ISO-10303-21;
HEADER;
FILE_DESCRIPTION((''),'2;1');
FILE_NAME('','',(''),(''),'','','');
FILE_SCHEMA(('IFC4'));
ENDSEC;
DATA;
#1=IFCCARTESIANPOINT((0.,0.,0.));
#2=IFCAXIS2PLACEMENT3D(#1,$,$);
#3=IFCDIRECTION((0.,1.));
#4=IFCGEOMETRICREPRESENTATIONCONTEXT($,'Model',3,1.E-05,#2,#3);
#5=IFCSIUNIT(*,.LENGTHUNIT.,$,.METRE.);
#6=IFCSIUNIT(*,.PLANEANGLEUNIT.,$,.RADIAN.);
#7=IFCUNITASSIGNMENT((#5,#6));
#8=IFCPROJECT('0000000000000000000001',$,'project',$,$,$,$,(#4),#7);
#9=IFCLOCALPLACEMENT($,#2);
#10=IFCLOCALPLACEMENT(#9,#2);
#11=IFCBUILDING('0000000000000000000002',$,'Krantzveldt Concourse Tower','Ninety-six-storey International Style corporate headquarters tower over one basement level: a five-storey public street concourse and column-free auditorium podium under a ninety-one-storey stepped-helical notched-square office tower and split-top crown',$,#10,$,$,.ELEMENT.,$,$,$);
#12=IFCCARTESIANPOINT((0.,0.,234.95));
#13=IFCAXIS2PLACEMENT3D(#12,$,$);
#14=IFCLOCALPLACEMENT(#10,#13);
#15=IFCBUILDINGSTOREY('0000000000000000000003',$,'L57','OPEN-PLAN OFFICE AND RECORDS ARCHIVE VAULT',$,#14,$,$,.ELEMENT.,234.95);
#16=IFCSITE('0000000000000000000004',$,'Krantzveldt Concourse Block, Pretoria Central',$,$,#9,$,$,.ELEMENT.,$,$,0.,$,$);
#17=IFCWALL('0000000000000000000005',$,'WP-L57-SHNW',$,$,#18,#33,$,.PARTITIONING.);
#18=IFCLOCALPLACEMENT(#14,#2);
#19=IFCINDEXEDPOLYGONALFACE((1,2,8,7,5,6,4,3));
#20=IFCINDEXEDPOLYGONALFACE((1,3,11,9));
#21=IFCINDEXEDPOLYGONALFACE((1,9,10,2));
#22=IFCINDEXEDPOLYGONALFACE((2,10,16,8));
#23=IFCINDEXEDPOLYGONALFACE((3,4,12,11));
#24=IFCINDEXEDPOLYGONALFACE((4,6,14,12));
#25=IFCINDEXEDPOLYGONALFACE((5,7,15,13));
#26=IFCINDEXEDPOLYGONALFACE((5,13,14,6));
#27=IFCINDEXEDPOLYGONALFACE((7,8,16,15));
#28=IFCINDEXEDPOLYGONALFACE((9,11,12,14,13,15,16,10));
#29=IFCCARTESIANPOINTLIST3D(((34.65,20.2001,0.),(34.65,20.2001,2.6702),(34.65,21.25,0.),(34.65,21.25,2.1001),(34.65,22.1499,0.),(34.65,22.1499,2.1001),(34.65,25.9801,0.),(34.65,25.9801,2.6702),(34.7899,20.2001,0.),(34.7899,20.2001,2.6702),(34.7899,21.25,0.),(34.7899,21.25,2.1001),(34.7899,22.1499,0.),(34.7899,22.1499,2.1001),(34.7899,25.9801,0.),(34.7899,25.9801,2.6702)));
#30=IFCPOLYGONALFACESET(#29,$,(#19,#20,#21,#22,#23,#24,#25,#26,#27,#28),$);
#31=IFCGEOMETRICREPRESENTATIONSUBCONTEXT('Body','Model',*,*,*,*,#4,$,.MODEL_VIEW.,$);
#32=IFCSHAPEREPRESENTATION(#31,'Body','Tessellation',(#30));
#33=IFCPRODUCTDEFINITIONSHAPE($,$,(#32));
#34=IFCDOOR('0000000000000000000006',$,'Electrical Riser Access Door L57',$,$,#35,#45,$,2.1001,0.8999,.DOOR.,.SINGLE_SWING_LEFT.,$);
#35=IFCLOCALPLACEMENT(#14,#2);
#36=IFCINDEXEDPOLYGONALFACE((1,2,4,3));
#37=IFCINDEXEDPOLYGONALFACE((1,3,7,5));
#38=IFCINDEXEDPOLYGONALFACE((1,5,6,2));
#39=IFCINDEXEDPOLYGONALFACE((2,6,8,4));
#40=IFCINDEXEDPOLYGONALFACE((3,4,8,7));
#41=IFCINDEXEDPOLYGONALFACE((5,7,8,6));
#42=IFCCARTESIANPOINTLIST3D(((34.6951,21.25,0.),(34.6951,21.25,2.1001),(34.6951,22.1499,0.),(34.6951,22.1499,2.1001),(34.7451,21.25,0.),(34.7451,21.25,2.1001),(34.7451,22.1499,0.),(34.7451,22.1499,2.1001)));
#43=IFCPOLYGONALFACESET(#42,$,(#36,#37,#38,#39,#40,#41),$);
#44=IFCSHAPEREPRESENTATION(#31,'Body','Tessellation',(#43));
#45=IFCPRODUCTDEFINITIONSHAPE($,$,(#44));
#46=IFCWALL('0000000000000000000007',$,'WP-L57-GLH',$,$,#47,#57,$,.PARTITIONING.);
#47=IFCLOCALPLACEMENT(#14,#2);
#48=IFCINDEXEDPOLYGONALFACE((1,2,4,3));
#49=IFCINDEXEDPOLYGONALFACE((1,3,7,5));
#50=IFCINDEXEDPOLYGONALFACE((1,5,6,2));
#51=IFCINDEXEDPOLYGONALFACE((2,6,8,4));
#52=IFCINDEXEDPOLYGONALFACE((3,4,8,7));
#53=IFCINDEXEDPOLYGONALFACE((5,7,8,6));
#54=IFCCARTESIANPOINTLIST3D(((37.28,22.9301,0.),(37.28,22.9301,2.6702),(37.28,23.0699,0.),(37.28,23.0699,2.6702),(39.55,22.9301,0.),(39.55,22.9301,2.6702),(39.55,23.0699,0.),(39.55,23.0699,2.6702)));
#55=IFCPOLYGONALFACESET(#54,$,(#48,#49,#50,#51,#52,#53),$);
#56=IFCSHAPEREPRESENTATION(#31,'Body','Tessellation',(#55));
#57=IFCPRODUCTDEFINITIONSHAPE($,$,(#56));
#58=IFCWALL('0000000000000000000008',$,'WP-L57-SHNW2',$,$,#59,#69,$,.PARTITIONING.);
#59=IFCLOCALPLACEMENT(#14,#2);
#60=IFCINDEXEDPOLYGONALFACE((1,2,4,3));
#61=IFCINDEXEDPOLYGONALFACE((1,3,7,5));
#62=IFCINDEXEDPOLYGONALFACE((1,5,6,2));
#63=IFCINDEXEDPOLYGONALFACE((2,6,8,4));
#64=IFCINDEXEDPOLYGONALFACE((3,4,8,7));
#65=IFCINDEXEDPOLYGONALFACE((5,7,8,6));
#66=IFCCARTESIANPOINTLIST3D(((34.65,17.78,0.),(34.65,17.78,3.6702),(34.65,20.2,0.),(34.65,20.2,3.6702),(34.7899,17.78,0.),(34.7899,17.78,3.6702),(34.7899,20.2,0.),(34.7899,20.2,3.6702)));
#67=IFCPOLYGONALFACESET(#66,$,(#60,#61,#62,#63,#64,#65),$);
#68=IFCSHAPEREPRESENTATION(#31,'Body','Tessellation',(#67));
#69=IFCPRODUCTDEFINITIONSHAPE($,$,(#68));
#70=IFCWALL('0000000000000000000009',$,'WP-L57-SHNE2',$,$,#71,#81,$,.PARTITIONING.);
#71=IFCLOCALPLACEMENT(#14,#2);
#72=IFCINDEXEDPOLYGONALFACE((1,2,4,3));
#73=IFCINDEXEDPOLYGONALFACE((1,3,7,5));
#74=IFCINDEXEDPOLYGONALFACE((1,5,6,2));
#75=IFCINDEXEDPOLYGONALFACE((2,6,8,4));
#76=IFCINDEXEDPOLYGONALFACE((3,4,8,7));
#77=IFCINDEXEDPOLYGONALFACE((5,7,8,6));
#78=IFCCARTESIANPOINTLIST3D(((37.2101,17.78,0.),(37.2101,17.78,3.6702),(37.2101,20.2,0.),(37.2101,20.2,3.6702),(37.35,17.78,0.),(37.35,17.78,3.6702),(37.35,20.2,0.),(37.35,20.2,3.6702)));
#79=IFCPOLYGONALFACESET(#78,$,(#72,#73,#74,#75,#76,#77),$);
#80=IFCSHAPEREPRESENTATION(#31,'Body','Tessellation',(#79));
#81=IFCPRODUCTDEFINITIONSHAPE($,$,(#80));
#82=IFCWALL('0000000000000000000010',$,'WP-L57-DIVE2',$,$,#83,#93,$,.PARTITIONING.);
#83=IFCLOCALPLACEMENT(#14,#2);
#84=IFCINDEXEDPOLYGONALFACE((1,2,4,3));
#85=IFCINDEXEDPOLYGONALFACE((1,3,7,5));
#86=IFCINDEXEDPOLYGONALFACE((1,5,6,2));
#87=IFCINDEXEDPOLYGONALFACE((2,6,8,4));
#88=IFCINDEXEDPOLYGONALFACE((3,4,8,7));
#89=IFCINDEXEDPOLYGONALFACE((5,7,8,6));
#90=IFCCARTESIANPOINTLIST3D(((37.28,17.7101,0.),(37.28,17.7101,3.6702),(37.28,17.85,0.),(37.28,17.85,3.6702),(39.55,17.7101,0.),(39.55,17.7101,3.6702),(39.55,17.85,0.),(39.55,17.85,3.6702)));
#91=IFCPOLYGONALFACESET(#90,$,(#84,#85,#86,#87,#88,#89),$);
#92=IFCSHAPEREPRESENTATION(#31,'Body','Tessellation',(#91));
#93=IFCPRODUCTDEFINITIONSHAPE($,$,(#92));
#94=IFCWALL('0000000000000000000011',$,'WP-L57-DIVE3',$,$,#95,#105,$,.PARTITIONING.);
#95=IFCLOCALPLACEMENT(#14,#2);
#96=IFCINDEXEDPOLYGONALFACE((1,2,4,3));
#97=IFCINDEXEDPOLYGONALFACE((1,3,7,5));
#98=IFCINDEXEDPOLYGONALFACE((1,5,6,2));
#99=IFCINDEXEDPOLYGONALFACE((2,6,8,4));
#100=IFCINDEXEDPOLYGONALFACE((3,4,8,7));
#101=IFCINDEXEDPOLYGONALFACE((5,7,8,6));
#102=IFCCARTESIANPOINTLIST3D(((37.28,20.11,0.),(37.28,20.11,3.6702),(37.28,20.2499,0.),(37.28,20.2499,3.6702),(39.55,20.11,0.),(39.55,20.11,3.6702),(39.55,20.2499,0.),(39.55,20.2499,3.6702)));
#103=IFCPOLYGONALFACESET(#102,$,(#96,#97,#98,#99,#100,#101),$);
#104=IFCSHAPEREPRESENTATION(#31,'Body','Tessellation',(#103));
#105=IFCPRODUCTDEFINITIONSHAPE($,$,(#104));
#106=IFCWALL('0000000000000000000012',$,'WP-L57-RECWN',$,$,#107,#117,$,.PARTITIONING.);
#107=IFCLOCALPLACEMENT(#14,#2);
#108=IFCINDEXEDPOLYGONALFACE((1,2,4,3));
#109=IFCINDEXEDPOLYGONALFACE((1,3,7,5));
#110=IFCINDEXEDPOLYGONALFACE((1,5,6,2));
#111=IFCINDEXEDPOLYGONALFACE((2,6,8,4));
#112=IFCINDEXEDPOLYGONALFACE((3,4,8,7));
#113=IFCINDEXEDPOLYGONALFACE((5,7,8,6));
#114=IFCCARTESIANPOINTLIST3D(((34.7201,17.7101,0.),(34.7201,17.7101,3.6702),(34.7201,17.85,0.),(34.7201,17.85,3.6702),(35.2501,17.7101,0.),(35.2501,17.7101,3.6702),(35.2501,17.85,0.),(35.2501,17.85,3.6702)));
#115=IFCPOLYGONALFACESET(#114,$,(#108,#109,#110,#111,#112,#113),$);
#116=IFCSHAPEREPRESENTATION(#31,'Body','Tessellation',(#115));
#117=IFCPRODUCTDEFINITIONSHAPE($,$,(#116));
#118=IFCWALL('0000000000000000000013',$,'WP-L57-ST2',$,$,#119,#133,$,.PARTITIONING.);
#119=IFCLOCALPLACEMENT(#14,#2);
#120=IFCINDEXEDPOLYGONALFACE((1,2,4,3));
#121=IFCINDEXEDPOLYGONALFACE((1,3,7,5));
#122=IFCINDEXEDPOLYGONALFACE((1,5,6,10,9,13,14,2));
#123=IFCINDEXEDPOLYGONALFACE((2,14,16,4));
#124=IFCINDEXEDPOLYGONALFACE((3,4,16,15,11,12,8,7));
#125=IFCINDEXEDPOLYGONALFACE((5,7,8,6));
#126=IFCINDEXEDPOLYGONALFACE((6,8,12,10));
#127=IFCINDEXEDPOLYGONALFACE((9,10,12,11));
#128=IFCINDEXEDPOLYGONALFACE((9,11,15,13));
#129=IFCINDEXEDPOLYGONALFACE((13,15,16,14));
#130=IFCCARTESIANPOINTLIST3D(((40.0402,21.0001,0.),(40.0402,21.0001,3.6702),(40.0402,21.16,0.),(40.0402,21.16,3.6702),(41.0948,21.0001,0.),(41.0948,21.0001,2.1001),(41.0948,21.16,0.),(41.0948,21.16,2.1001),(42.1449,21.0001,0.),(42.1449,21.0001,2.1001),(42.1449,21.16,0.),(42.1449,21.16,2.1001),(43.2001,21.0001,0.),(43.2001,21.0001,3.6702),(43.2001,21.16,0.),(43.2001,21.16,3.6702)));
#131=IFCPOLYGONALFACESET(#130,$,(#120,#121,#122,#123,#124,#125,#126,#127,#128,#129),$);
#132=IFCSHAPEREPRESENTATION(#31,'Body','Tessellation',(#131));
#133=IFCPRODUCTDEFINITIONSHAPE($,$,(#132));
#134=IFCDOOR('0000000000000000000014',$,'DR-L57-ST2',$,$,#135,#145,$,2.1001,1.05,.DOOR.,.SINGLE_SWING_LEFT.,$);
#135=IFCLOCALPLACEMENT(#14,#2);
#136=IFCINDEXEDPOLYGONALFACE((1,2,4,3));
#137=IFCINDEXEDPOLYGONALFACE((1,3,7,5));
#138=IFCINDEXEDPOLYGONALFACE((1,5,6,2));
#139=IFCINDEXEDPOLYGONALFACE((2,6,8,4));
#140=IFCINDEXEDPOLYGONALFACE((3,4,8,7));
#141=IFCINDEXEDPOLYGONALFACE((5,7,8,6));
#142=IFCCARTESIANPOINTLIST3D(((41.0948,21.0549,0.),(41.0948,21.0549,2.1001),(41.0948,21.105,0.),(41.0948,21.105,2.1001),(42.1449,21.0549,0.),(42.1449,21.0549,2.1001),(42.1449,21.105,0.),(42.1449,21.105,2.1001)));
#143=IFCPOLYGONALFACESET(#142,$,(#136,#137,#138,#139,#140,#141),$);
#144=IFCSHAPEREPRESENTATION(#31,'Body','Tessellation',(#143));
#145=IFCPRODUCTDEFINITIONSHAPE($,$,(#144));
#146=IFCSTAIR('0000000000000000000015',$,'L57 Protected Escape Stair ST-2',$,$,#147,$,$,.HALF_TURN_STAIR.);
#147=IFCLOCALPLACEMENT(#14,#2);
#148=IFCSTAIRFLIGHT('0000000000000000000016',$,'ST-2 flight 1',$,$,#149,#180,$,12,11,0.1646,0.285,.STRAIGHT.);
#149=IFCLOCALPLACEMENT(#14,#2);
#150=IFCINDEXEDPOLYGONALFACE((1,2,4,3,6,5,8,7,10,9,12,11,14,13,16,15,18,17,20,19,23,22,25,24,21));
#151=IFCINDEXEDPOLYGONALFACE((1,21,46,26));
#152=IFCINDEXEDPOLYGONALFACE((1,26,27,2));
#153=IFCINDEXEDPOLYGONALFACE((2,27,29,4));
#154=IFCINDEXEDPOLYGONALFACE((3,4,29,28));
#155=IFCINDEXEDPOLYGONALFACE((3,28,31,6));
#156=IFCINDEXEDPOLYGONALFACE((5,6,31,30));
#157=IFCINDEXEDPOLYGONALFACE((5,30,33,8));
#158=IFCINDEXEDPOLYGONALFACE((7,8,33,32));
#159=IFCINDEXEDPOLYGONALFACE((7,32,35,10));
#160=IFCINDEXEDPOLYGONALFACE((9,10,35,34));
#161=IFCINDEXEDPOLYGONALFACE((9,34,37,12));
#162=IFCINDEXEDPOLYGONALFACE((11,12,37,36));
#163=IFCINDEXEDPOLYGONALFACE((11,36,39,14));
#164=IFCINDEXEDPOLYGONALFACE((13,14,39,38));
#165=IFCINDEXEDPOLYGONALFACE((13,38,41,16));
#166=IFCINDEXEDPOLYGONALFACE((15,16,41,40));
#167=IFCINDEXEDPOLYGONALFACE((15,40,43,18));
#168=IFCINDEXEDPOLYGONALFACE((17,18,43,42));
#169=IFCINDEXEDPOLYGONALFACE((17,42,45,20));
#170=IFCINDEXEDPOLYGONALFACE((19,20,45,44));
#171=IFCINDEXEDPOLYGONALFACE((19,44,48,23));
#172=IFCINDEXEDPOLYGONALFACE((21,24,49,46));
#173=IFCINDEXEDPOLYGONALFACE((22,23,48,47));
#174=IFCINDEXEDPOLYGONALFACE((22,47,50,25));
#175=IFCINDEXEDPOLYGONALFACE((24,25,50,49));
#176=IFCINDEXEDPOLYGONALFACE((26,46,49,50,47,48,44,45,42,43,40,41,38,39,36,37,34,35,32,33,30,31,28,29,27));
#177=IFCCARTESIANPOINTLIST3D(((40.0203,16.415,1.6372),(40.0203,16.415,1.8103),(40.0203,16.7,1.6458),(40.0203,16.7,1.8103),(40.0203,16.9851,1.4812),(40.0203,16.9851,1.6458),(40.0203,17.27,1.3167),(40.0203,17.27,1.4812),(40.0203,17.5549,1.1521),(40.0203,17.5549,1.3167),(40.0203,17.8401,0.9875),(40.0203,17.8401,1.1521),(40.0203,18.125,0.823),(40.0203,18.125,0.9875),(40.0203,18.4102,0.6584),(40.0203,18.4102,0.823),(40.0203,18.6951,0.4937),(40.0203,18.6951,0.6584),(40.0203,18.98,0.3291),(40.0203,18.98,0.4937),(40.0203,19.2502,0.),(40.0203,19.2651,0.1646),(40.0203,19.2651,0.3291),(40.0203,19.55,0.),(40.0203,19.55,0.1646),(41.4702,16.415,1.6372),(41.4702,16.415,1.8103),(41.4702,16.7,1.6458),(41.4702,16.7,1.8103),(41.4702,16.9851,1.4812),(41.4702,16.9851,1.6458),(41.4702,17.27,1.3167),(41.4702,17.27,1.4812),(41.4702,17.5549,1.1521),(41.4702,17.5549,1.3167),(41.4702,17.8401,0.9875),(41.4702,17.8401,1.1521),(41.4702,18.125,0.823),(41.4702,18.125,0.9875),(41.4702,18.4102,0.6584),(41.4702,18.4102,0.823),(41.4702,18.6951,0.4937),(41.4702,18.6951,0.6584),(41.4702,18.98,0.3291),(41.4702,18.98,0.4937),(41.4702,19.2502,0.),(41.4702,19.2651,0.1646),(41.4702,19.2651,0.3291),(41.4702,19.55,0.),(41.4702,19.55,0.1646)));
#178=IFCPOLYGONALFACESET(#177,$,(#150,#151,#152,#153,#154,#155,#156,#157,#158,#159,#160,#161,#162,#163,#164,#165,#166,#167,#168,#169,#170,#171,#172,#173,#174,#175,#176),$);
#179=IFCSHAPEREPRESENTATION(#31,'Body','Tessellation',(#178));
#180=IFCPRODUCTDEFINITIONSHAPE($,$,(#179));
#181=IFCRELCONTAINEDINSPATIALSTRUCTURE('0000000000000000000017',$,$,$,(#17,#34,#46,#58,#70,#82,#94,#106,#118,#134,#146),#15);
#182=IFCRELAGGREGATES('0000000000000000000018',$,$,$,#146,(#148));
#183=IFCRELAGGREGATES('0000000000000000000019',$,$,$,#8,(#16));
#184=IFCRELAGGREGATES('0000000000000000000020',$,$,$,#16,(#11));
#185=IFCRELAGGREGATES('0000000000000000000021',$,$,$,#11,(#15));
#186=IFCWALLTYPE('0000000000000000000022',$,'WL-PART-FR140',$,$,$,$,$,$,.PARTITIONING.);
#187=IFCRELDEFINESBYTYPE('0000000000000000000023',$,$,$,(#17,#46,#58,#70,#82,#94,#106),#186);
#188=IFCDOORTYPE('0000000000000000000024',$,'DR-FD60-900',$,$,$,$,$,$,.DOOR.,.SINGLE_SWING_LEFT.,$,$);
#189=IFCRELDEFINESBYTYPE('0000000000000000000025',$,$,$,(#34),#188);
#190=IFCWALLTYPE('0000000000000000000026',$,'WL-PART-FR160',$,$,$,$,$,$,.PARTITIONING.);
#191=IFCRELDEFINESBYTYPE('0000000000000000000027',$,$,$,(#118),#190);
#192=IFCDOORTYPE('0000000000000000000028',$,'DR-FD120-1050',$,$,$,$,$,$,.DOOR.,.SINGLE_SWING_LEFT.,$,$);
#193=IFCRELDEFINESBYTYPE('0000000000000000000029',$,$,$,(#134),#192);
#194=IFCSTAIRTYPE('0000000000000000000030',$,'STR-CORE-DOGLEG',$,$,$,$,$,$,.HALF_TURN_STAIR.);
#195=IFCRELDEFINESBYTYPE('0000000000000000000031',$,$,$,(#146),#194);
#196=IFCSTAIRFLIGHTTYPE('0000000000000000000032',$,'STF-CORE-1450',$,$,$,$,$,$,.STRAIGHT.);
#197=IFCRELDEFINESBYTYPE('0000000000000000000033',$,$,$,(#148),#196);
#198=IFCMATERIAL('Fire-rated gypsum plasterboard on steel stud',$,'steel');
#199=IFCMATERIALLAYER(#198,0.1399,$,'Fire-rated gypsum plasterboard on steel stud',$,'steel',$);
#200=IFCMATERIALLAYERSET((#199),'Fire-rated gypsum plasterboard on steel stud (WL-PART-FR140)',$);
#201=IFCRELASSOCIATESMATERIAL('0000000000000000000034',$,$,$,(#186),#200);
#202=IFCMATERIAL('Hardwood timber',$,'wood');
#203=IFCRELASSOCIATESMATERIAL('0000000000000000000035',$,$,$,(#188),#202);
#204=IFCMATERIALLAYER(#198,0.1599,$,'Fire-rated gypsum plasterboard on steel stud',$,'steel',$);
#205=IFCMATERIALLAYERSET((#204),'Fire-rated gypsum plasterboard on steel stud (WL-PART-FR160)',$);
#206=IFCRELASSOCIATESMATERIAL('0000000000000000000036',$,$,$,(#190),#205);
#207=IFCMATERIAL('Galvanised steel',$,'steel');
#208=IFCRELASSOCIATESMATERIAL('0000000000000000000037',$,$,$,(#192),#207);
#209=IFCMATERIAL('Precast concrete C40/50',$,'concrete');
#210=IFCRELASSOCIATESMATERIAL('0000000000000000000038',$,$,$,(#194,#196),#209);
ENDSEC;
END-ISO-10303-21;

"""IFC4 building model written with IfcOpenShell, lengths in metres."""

from ifc_helpers import new_model, si_unit, direction, frame, frame_2d, origin, place, context, subcontext, project, spatial, polyline, rectangle, outline, extrude, material, layer, layer_set, type_object, element, fill, aggregate, save


model = new_model("IFC4")

# Units and contexts
model_context = context("Model", 3, precision=1e-05, world=origin(), true_north=direction((0.0, 1.0)))
body_context = subcontext(model_context, "Body", "Model", "MODEL_VIEW")
ifc_project = project(units=[si_unit("LENGTHUNIT", "METRE"), si_unit("PLANEANGLEUNIT", "RADIAN")], contexts=[model_context])

# Site, building, storey
site_placement = place(None, origin())
site = spatial("IfcSite", under=ifc_project, at=site_placement, Name="Krantzveldt Concourse Block, Pretoria Central", CompositionType="ELEMENT", RefElevation=0.0)
building_placement = place(site_placement, origin())
building = spatial("IfcBuilding", under=site, at=building_placement, Name="Krantzveldt Concourse Tower", Description="Ninety-six-storey International Style corporate headquarters tower over one basement level: a five-storey public street concourse and column-free auditorium podium under a ninety-one-storey stepped-helical notched-square office tower and split-top crown", CompositionType="ELEMENT")
storey_placement = place(building_placement, frame((0.0, 0.0, 234.95)))
storey = spatial("IfcBuildingStorey", under=building, at=storey_placement, Name="L57", Description="OPEN-PLAN OFFICE AND RECORDS ARCHIVE VAULT", CompositionType="ELEMENT", Elevation=234.95)

# Wall, opening, door
ifc_material_1 = material(Name="Fire-rated gypsum plasterboard on steel stud", Category="steel")
ifc_layer_1 = layer(ifc_material_1, 0.1399, Name="Fire-rated gypsum plasterboard on steel stud", Category="steel")
ifc_layer_set_1 = layer_set([ifc_layer_1], Name="Fire-rated gypsum plasterboard on steel stud (WL-PART-FR140)")
wall_type_1 = type_object("IfcWallType", Name="WL-PART-FR140", PredefinedType="PARTITIONING", material=ifc_layer_set_1)
wall_1_placement = place(storey_placement, frame((34.72, 20.2, 0.0), z_axis=(0.0, 0.0, 1.0), x_axis=(0.0, 1.0, 0.0)))
wall_1 = element("IfcWall", 1, at=wall_1_placement, inside=storey, type_object=wall_type_1, Name="WP-L57-SHNW", PredefinedType="PARTITIONING", context=body_context, shape_type="SweptSolid", body=[
    extrude(rectangle(XDim=5.78, YDim=0.1399, at=frame_2d((2.8901, 0.0))), origin(), (0.0, 0.0, 1.0), 2.6702),
])
opening_1_placement = place(wall_1_placement, frame((1.05, 0.0, 0.0)))
opening_1 = element("IfcOpeningElement", 2, at=opening_1_placement, cuts=wall_1, PredefinedType="OPENING", context=body_context, shape_type="SweptSolid", body=[
    extrude(rectangle(XDim=0.8999, YDim=2.1001, at=frame_2d((0.45, 1.05))), frame((0.0, 0.0801, 0.0), z_axis=(0.0, -1.0, 0.0), x_axis=(1.0, 0.0, 0.0)), (0.0, 0.0, 1.0), 0.1599),
])
ifc_material_2 = material(Name="Hardwood timber", Category="wood")
door_type_1 = type_object("IfcDoorType", Name="DR-FD60-900", OperationType="SINGLE_SWING_LEFT", PredefinedType="DOOR", material=ifc_material_2)
door_1_placement = place(opening_1_placement, origin())
door_1 = element("IfcDoor", 3, at=door_1_placement, inside=storey, type_object=door_type_1, Name="Electrical Riser Access Door L57", OperationType="SINGLE_SWING_LEFT", OverallHeight=2.1001, OverallWidth=0.8999, PredefinedType="DOOR", context=body_context, shape_type="SweptSolid", body=[
    extrude(rectangle(XDim=0.8999, YDim=2.1001, at=frame_2d((0.45, 1.05))), frame((0.0, 0.0249, 0.0), z_axis=(0.0, -1.0, 0.0), x_axis=(1.0, 0.0, 0.0)), (0.0, 0.0, 1.0), 0.05),
])
fill(opening_1, door_1)

# Walls
wall_2_placement = place(storey_placement, frame((37.28, 23.0, 0.0), z_axis=(0.0, 0.0, 1.0), x_axis=(1.0, 0.0, 0.0)))
element("IfcWall", 4, at=wall_2_placement, inside=storey, type_object=wall_type_1, Name="WP-L57-GLH", PredefinedType="PARTITIONING", context=body_context, shape_type="SweptSolid", body=[
    extrude(rectangle(XDim=2.27, YDim=0.1399, at=frame_2d((1.135, 0.0))), origin(), (0.0, 0.0, 1.0), 2.6702),
])
for number, where, z_axis, x_axis, name in (
    (5, (34.72, 17.78, 0.0), (0.0, 0.0, 1.0), (0.0, 1.0, 0.0), "WP-L57-SHNW2"),
    (6, (37.28, 17.78, 0.0), (0.0, 0.0, 1.0), (0.0, 1.0, 0.0), "WP-L57-SHNE2"),
):
    element("IfcWall", number, at=place(storey_placement, frame(where, z_axis=z_axis, x_axis=x_axis)), inside=storey, type_object=wall_type_1, Name=name, PredefinedType="PARTITIONING", context=body_context, shape_type="SweptSolid", body=[
        extrude(rectangle(XDim=2.4199, YDim=0.1399, at=frame_2d((1.21, 0.0))), origin(), (0.0, 0.0, 1.0), 3.6702),
    ])
for number, where, z_axis, x_axis, name in (
    (7, (37.28, 17.78, 0.0), (0.0, 0.0, 1.0), (1.0, 0.0, 0.0), "WP-L57-DIVE2"),
    (8, (37.28, 20.1799, 0.0), (0.0, 0.0, 1.0), (1.0, 0.0, 0.0), "WP-L57-DIVE3"),
):
    element("IfcWall", number, at=place(storey_placement, frame(where, z_axis=z_axis, x_axis=x_axis)), inside=storey, type_object=wall_type_1, Name=name, PredefinedType="PARTITIONING", context=body_context, shape_type="SweptSolid", body=[
        extrude(rectangle(XDim=2.27, YDim=0.1399, at=frame_2d((1.135, 0.0))), origin(), (0.0, 0.0, 1.0), 3.6702),
    ])
wall_3_placement = place(storey_placement, frame((34.72, 17.78, 0.0), z_axis=(0.0, 0.0, 1.0), x_axis=(1.0, 0.0, 0.0)))
element("IfcWall", 9, at=wall_3_placement, inside=storey, type_object=wall_type_1, Name="WP-L57-RECWN", PredefinedType="PARTITIONING", context=body_context, shape_type="SweptSolid", body=[
    extrude(rectangle(XDim=0.53, YDim=0.1399, at=frame_2d((0.2651, 0.0))), origin(), (0.0, 0.0, 1.0), 3.6702),
])

# Wall, opening, door
ifc_layer_2 = layer(ifc_material_1, 0.1599, Name="Fire-rated gypsum plasterboard on steel stud", Category="steel")
ifc_layer_set_2 = layer_set([ifc_layer_2], Name="Fire-rated gypsum plasterboard on steel stud (WL-PART-FR160)")
wall_type_2 = type_object("IfcWallType", Name="WL-PART-FR160", PredefinedType="PARTITIONING", material=ifc_layer_set_2)
wall_4_placement = place(storey_placement, frame((40.04, 21.0801, 0.0), z_axis=(0.0, 0.0, 1.0), x_axis=(1.0, 0.0, 0.0)))
wall_4 = element("IfcWall", 10, at=wall_4_placement, inside=storey, type_object=wall_type_2, Name="WP-L57-ST2", PredefinedType="PARTITIONING", context=body_context, shape_type="SweptSolid", body=[
    extrude(rectangle(XDim=3.1599, YDim=0.1599, at=frame_2d((1.5801, 0.0))), origin(), (0.0, 0.0, 1.0), 3.6702),
])
opening_2_placement = place(wall_4_placement, frame((1.0549, 0.0, 0.0)))
opening_2 = element("IfcOpeningElement", 11, at=opening_2_placement, cuts=wall_4, PredefinedType="OPENING", context=body_context, shape_type="SweptSolid", body=[
    extrude(rectangle(XDim=1.05, YDim=2.1001, at=frame_2d((0.5249, 1.05))), frame((0.0, 0.0898, 0.0), z_axis=(0.0, -1.0, 0.0), x_axis=(1.0, 0.0, 0.0)), (0.0, 0.0, 1.0), 0.1799),
])
ifc_material_3 = material(Name="Galvanised steel", Category="steel")
door_type_2 = type_object("IfcDoorType", Name="DR-FD120-1050", OperationType="SINGLE_SWING_LEFT", PredefinedType="DOOR", material=ifc_material_3)
door_2_placement = place(opening_2_placement, origin())
door_2 = element("IfcDoor", 12, at=door_2_placement, inside=storey, type_object=door_type_2, Name="DR-L57-ST2", OperationType="SINGLE_SWING_LEFT", OverallHeight=2.1001, OverallWidth=1.05, PredefinedType="DOOR", context=body_context, shape_type="SweptSolid", body=[
    extrude(rectangle(XDim=1.05, YDim=2.1001, at=frame_2d((0.5249, 1.05))), frame((0.0, 0.0249, 0.0), z_axis=(0.0, -1.0, 0.0), x_axis=(1.0, 0.0, 0.0)), (0.0, 0.0, 1.0), 0.05),
])
fill(opening_2, door_2)

# Stair, stair flight
ifc_material_4 = material(Name="Precast concrete C40/50", Category="concrete")
stair_type = type_object("IfcStairType", Name="STR-CORE-DOGLEG", PredefinedType="HALF_TURN_STAIR", material=ifc_material_4)
stair_placement = place(storey_placement, origin())
stair = element("IfcStair", 13, at=stair_placement, inside=storey, type_object=stair_type, Name="L57 Protected Escape Stair ST-2", PredefinedType="HALF_TURN_STAIR")
stair_flight_type = type_object("IfcStairFlightType", Name="STF-CORE-1450", PredefinedType="STRAIGHT", material=ifc_material_4)
stair_flight_placement = place(storey_placement, frame((40.7451, 19.55, 0.0), z_axis=(0.0, 0.0, 1.0), x_axis=(0.0, -1.0, 0.0)))
stair_flight = element("IfcStairFlight", 14, at=stair_flight_placement, type_object=stair_flight_type, Name="ST-2 flight 1", NumberOfRisers=12, NumberOfTreads=11, PredefinedType="STRAIGHT", RiserHeight=0.1646, TreadLength=0.285, context=body_context, shape_type="SweptSolid", body=[
    extrude(outline(polyline([(0.0, 0.0), (0.0, 0.1646), (0.2849, 0.1646), (0.2849, 0.3291), (0.5701, 0.3291), (0.5701, 0.4937), (0.855, 0.4937), (0.855, 0.6584), (1.1399, 0.6584), (1.1399, 0.823), (1.425, 0.823), (1.425, 0.9875), (1.71, 0.9875), (1.71, 1.1521), (1.9951, 1.1521), (1.9951, 1.3167), (2.28, 1.3167), (2.28, 1.4812), (2.5649, 1.4812), (2.5649, 1.6458), (2.8501, 1.6458), (2.8501, 1.8103), (3.135, 1.8103), (3.135, 1.9751), (3.135, 1.6372), (0.2998, 0.0), (0.0, 0.0)])), frame((0.0, 0.7251, 0.0), z_axis=(0.0, -1.0, 0.0), x_axis=(1.0, 0.0, 0.0)), (0.0, 0.0, 1.0), 1.45),
])
aggregate(stair, [stair_flight])

save(model, "model.ifc")
